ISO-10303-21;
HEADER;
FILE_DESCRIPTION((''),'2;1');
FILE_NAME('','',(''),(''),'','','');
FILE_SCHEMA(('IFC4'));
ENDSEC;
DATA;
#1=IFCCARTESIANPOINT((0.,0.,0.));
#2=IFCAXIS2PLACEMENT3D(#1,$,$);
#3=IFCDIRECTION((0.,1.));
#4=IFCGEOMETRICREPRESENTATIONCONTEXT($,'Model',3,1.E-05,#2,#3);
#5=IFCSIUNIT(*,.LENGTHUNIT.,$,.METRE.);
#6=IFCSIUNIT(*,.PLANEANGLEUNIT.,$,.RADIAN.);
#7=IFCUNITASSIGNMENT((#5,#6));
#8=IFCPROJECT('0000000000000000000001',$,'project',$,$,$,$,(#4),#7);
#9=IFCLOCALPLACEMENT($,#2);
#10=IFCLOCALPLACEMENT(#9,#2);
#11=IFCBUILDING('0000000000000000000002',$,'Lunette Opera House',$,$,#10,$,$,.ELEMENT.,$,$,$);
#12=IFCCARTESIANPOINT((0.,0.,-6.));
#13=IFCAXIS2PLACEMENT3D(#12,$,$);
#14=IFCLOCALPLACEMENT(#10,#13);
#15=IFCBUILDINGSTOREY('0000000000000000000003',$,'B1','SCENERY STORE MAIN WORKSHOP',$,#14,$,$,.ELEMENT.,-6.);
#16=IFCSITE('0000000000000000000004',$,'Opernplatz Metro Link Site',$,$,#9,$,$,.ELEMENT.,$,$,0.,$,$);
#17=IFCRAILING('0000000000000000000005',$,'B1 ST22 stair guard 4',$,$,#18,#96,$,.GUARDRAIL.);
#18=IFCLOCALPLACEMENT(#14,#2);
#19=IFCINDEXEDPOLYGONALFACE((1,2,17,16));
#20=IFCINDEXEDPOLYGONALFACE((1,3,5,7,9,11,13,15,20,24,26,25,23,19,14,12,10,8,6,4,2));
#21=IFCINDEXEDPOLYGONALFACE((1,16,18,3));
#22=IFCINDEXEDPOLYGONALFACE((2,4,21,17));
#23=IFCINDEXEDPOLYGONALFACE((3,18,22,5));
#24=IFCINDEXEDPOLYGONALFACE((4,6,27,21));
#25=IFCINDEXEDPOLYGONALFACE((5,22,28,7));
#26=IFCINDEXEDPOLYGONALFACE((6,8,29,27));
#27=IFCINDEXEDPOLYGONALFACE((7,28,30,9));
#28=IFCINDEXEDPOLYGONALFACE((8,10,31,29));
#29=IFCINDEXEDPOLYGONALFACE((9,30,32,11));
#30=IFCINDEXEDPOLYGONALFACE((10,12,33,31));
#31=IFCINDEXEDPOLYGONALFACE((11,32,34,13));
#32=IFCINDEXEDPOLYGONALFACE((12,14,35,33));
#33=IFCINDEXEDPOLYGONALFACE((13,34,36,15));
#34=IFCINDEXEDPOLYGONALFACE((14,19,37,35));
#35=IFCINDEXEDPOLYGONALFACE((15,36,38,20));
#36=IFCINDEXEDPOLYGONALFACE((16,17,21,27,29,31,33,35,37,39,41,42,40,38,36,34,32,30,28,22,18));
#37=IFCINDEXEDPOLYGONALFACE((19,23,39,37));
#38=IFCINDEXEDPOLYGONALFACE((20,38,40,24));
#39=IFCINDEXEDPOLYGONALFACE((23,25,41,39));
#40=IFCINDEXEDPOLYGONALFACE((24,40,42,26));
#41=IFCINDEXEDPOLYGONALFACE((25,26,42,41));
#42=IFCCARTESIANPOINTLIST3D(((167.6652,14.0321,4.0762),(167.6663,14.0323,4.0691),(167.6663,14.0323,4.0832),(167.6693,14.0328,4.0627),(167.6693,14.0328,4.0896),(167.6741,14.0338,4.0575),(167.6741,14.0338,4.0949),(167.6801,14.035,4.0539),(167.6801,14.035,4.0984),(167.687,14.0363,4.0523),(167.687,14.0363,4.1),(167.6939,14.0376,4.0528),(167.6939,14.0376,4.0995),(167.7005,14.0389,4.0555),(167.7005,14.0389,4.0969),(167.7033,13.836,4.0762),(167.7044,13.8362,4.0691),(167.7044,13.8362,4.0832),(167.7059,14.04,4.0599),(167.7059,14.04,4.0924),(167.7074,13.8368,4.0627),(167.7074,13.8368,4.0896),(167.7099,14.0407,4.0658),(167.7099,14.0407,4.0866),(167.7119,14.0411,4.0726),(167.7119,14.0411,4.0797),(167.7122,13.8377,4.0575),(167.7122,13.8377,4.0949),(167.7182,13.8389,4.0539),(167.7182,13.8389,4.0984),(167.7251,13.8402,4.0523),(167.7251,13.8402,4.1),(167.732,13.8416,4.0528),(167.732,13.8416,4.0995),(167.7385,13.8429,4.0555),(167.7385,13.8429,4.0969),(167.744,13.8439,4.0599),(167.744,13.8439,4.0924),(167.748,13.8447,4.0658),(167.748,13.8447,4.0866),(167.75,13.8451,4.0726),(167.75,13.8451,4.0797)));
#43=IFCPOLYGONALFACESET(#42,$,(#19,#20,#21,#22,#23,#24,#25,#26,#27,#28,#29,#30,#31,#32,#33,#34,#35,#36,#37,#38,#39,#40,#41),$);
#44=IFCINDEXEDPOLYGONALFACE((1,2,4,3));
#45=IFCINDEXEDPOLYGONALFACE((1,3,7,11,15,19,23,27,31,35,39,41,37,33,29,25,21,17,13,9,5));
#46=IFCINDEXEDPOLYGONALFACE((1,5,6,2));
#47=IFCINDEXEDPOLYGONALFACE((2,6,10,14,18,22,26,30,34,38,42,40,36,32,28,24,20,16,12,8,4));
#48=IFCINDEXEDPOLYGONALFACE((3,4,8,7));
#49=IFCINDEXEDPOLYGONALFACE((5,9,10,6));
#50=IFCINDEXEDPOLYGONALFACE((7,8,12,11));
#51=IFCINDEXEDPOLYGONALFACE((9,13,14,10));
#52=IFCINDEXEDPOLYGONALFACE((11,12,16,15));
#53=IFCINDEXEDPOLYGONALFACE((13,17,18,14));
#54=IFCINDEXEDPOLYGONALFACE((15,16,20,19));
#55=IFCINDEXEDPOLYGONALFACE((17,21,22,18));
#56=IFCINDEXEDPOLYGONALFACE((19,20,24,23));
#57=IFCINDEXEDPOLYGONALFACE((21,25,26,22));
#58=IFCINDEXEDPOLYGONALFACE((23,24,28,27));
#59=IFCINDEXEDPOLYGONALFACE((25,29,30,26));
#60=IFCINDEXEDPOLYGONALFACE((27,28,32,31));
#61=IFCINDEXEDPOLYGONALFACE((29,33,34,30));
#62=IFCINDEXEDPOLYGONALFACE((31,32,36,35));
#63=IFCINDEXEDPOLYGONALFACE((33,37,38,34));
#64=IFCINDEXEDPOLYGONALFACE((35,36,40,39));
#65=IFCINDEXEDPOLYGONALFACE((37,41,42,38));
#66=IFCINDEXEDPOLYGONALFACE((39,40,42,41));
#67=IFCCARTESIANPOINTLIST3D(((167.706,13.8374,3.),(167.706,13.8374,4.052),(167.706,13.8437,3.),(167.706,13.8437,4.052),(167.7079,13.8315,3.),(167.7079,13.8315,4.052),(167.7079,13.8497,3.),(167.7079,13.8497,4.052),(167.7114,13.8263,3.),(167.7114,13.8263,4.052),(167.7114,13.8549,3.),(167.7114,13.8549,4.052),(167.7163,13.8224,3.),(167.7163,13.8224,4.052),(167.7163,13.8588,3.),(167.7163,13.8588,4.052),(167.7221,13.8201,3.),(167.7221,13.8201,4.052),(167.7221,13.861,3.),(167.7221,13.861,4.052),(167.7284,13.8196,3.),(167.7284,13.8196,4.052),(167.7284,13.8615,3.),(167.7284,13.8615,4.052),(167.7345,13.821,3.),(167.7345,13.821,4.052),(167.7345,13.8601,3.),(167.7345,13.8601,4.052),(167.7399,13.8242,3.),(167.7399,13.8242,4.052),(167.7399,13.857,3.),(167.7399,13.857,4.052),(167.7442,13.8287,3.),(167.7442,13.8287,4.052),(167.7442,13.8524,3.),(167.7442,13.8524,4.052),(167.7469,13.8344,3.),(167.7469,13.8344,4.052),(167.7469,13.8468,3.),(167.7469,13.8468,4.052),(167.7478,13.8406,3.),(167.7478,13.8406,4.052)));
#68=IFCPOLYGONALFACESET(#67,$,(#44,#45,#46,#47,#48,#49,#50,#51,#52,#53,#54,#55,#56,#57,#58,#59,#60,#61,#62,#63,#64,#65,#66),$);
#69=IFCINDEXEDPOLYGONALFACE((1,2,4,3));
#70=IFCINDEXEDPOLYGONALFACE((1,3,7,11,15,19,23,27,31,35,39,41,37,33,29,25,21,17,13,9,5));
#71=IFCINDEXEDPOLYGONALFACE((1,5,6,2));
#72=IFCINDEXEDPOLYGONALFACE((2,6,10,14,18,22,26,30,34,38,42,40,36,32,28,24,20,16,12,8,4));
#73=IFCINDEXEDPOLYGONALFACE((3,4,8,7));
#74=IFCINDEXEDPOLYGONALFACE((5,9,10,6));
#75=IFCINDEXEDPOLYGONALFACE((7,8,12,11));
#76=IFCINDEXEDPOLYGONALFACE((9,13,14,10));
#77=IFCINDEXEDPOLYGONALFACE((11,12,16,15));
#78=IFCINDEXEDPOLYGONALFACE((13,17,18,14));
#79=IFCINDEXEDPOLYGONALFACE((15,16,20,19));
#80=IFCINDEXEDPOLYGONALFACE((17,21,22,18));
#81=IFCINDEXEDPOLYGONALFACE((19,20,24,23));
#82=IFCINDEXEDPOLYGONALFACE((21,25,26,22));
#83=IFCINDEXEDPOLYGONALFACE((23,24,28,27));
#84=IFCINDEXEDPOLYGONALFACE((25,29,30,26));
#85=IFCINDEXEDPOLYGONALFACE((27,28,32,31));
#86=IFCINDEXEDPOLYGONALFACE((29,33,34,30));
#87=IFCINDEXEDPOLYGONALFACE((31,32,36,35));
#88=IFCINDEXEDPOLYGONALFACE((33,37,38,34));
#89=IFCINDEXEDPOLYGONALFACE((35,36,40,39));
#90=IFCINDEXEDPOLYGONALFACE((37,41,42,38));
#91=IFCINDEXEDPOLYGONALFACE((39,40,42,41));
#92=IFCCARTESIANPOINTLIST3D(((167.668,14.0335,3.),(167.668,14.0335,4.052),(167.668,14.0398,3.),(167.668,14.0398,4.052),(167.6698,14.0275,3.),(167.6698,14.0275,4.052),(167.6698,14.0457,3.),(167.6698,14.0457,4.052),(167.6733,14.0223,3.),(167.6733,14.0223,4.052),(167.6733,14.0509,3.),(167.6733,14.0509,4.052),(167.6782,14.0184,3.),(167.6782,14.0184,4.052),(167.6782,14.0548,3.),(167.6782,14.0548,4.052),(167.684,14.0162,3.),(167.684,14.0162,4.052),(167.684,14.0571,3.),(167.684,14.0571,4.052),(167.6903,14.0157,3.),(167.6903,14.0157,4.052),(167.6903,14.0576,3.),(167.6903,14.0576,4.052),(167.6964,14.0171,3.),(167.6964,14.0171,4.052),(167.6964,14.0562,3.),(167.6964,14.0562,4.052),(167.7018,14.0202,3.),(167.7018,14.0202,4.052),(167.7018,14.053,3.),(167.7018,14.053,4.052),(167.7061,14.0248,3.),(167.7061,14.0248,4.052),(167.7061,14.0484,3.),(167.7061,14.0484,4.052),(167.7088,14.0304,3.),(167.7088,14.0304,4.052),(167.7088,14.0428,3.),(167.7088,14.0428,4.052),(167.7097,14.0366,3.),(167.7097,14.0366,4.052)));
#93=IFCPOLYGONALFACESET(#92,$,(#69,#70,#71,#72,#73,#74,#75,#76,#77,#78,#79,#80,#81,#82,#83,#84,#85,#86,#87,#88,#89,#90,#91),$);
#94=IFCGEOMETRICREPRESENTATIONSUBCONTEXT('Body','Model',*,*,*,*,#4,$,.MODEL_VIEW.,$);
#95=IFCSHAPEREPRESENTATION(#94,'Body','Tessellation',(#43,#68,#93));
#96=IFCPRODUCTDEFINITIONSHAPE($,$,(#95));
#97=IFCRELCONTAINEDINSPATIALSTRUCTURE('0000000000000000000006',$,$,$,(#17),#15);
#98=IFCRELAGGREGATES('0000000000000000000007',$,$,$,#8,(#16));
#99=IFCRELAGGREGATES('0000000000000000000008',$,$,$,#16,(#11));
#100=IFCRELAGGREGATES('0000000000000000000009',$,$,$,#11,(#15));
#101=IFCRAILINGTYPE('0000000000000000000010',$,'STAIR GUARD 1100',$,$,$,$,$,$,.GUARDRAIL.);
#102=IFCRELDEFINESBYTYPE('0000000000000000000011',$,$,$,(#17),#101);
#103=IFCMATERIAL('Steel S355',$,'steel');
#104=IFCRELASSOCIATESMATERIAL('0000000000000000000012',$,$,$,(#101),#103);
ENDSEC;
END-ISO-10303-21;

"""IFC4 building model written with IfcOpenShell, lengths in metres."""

from ifc_helpers import new_model, si_unit, direction, frame, origin, origin_2d, place, context, subcontext, project, spatial, circle, extrude, material, type_object, element, save


model = new_model("IFC4")

# Units and contexts
model_context = context("Model", 3, precision=1e-05, world=origin(), true_north=direction((0.0, 1.0)))
body_context = subcontext(model_context, "Body", "Model", "MODEL_VIEW")
ifc_project = project(units=[si_unit("LENGTHUNIT", "METRE"), si_unit("PLANEANGLEUNIT", "RADIAN")], contexts=[model_context])

# Site, building, storey
site_placement = place(None, origin())
site = spatial("IfcSite", under=ifc_project, at=site_placement, Name="Opernplatz Metro Link Site", CompositionType="ELEMENT", RefElevation=0.0)
building_placement = place(site_placement, origin())
building = spatial("IfcBuilding", under=site, at=building_placement, Name="Lunette Opera House", CompositionType="ELEMENT")
storey_placement = place(building_placement, frame((0.0, 0.0, -6.0)))
storey = spatial("IfcBuildingStorey", under=building, at=storey_placement, Name="B1", Description="SCENERY STORE MAIN WORKSHOP", CompositionType="ELEMENT", Elevation=-6.0)

# Railing
ifc_material_1 = material(Name="Steel S355", Category="steel")
railing_type_1 = type_object("IfcRailingType", Name="STAIR GUARD 1100", PredefinedType="GUARDRAIL", material=ifc_material_1)
railing_1_placement = place(storey_placement, frame((167.7268, 13.8406, 3.0)))
element("IfcRailing", 1, at=railing_1_placement, inside=storey, type_object=railing_type_1, Name="B1 ST22 stair guard 4", PredefinedType="GUARDRAIL", context=body_context, shape_type="SweptSolid", body=[
    extrude(circle(Radius=0.0239, at=origin_2d()), frame((0.0, 0.0, 1.0762), z_axis=(-0.190706, 0.981647, 0.0), x_axis=(-0.981647, -0.190706, 0.0)), (0.0, 0.0, 1.0), 0.1997),
    extrude(circle(Radius=0.021, at=origin_2d()), origin(), (0.0, 0.0, 1.0), 1.052),
    extrude(circle(Radius=0.021, at=origin_2d()), frame((-0.0381, 0.196, 0.0)), (0.0, 0.0, 1.0), 1.052),
])

save(model, "model.ifc")
